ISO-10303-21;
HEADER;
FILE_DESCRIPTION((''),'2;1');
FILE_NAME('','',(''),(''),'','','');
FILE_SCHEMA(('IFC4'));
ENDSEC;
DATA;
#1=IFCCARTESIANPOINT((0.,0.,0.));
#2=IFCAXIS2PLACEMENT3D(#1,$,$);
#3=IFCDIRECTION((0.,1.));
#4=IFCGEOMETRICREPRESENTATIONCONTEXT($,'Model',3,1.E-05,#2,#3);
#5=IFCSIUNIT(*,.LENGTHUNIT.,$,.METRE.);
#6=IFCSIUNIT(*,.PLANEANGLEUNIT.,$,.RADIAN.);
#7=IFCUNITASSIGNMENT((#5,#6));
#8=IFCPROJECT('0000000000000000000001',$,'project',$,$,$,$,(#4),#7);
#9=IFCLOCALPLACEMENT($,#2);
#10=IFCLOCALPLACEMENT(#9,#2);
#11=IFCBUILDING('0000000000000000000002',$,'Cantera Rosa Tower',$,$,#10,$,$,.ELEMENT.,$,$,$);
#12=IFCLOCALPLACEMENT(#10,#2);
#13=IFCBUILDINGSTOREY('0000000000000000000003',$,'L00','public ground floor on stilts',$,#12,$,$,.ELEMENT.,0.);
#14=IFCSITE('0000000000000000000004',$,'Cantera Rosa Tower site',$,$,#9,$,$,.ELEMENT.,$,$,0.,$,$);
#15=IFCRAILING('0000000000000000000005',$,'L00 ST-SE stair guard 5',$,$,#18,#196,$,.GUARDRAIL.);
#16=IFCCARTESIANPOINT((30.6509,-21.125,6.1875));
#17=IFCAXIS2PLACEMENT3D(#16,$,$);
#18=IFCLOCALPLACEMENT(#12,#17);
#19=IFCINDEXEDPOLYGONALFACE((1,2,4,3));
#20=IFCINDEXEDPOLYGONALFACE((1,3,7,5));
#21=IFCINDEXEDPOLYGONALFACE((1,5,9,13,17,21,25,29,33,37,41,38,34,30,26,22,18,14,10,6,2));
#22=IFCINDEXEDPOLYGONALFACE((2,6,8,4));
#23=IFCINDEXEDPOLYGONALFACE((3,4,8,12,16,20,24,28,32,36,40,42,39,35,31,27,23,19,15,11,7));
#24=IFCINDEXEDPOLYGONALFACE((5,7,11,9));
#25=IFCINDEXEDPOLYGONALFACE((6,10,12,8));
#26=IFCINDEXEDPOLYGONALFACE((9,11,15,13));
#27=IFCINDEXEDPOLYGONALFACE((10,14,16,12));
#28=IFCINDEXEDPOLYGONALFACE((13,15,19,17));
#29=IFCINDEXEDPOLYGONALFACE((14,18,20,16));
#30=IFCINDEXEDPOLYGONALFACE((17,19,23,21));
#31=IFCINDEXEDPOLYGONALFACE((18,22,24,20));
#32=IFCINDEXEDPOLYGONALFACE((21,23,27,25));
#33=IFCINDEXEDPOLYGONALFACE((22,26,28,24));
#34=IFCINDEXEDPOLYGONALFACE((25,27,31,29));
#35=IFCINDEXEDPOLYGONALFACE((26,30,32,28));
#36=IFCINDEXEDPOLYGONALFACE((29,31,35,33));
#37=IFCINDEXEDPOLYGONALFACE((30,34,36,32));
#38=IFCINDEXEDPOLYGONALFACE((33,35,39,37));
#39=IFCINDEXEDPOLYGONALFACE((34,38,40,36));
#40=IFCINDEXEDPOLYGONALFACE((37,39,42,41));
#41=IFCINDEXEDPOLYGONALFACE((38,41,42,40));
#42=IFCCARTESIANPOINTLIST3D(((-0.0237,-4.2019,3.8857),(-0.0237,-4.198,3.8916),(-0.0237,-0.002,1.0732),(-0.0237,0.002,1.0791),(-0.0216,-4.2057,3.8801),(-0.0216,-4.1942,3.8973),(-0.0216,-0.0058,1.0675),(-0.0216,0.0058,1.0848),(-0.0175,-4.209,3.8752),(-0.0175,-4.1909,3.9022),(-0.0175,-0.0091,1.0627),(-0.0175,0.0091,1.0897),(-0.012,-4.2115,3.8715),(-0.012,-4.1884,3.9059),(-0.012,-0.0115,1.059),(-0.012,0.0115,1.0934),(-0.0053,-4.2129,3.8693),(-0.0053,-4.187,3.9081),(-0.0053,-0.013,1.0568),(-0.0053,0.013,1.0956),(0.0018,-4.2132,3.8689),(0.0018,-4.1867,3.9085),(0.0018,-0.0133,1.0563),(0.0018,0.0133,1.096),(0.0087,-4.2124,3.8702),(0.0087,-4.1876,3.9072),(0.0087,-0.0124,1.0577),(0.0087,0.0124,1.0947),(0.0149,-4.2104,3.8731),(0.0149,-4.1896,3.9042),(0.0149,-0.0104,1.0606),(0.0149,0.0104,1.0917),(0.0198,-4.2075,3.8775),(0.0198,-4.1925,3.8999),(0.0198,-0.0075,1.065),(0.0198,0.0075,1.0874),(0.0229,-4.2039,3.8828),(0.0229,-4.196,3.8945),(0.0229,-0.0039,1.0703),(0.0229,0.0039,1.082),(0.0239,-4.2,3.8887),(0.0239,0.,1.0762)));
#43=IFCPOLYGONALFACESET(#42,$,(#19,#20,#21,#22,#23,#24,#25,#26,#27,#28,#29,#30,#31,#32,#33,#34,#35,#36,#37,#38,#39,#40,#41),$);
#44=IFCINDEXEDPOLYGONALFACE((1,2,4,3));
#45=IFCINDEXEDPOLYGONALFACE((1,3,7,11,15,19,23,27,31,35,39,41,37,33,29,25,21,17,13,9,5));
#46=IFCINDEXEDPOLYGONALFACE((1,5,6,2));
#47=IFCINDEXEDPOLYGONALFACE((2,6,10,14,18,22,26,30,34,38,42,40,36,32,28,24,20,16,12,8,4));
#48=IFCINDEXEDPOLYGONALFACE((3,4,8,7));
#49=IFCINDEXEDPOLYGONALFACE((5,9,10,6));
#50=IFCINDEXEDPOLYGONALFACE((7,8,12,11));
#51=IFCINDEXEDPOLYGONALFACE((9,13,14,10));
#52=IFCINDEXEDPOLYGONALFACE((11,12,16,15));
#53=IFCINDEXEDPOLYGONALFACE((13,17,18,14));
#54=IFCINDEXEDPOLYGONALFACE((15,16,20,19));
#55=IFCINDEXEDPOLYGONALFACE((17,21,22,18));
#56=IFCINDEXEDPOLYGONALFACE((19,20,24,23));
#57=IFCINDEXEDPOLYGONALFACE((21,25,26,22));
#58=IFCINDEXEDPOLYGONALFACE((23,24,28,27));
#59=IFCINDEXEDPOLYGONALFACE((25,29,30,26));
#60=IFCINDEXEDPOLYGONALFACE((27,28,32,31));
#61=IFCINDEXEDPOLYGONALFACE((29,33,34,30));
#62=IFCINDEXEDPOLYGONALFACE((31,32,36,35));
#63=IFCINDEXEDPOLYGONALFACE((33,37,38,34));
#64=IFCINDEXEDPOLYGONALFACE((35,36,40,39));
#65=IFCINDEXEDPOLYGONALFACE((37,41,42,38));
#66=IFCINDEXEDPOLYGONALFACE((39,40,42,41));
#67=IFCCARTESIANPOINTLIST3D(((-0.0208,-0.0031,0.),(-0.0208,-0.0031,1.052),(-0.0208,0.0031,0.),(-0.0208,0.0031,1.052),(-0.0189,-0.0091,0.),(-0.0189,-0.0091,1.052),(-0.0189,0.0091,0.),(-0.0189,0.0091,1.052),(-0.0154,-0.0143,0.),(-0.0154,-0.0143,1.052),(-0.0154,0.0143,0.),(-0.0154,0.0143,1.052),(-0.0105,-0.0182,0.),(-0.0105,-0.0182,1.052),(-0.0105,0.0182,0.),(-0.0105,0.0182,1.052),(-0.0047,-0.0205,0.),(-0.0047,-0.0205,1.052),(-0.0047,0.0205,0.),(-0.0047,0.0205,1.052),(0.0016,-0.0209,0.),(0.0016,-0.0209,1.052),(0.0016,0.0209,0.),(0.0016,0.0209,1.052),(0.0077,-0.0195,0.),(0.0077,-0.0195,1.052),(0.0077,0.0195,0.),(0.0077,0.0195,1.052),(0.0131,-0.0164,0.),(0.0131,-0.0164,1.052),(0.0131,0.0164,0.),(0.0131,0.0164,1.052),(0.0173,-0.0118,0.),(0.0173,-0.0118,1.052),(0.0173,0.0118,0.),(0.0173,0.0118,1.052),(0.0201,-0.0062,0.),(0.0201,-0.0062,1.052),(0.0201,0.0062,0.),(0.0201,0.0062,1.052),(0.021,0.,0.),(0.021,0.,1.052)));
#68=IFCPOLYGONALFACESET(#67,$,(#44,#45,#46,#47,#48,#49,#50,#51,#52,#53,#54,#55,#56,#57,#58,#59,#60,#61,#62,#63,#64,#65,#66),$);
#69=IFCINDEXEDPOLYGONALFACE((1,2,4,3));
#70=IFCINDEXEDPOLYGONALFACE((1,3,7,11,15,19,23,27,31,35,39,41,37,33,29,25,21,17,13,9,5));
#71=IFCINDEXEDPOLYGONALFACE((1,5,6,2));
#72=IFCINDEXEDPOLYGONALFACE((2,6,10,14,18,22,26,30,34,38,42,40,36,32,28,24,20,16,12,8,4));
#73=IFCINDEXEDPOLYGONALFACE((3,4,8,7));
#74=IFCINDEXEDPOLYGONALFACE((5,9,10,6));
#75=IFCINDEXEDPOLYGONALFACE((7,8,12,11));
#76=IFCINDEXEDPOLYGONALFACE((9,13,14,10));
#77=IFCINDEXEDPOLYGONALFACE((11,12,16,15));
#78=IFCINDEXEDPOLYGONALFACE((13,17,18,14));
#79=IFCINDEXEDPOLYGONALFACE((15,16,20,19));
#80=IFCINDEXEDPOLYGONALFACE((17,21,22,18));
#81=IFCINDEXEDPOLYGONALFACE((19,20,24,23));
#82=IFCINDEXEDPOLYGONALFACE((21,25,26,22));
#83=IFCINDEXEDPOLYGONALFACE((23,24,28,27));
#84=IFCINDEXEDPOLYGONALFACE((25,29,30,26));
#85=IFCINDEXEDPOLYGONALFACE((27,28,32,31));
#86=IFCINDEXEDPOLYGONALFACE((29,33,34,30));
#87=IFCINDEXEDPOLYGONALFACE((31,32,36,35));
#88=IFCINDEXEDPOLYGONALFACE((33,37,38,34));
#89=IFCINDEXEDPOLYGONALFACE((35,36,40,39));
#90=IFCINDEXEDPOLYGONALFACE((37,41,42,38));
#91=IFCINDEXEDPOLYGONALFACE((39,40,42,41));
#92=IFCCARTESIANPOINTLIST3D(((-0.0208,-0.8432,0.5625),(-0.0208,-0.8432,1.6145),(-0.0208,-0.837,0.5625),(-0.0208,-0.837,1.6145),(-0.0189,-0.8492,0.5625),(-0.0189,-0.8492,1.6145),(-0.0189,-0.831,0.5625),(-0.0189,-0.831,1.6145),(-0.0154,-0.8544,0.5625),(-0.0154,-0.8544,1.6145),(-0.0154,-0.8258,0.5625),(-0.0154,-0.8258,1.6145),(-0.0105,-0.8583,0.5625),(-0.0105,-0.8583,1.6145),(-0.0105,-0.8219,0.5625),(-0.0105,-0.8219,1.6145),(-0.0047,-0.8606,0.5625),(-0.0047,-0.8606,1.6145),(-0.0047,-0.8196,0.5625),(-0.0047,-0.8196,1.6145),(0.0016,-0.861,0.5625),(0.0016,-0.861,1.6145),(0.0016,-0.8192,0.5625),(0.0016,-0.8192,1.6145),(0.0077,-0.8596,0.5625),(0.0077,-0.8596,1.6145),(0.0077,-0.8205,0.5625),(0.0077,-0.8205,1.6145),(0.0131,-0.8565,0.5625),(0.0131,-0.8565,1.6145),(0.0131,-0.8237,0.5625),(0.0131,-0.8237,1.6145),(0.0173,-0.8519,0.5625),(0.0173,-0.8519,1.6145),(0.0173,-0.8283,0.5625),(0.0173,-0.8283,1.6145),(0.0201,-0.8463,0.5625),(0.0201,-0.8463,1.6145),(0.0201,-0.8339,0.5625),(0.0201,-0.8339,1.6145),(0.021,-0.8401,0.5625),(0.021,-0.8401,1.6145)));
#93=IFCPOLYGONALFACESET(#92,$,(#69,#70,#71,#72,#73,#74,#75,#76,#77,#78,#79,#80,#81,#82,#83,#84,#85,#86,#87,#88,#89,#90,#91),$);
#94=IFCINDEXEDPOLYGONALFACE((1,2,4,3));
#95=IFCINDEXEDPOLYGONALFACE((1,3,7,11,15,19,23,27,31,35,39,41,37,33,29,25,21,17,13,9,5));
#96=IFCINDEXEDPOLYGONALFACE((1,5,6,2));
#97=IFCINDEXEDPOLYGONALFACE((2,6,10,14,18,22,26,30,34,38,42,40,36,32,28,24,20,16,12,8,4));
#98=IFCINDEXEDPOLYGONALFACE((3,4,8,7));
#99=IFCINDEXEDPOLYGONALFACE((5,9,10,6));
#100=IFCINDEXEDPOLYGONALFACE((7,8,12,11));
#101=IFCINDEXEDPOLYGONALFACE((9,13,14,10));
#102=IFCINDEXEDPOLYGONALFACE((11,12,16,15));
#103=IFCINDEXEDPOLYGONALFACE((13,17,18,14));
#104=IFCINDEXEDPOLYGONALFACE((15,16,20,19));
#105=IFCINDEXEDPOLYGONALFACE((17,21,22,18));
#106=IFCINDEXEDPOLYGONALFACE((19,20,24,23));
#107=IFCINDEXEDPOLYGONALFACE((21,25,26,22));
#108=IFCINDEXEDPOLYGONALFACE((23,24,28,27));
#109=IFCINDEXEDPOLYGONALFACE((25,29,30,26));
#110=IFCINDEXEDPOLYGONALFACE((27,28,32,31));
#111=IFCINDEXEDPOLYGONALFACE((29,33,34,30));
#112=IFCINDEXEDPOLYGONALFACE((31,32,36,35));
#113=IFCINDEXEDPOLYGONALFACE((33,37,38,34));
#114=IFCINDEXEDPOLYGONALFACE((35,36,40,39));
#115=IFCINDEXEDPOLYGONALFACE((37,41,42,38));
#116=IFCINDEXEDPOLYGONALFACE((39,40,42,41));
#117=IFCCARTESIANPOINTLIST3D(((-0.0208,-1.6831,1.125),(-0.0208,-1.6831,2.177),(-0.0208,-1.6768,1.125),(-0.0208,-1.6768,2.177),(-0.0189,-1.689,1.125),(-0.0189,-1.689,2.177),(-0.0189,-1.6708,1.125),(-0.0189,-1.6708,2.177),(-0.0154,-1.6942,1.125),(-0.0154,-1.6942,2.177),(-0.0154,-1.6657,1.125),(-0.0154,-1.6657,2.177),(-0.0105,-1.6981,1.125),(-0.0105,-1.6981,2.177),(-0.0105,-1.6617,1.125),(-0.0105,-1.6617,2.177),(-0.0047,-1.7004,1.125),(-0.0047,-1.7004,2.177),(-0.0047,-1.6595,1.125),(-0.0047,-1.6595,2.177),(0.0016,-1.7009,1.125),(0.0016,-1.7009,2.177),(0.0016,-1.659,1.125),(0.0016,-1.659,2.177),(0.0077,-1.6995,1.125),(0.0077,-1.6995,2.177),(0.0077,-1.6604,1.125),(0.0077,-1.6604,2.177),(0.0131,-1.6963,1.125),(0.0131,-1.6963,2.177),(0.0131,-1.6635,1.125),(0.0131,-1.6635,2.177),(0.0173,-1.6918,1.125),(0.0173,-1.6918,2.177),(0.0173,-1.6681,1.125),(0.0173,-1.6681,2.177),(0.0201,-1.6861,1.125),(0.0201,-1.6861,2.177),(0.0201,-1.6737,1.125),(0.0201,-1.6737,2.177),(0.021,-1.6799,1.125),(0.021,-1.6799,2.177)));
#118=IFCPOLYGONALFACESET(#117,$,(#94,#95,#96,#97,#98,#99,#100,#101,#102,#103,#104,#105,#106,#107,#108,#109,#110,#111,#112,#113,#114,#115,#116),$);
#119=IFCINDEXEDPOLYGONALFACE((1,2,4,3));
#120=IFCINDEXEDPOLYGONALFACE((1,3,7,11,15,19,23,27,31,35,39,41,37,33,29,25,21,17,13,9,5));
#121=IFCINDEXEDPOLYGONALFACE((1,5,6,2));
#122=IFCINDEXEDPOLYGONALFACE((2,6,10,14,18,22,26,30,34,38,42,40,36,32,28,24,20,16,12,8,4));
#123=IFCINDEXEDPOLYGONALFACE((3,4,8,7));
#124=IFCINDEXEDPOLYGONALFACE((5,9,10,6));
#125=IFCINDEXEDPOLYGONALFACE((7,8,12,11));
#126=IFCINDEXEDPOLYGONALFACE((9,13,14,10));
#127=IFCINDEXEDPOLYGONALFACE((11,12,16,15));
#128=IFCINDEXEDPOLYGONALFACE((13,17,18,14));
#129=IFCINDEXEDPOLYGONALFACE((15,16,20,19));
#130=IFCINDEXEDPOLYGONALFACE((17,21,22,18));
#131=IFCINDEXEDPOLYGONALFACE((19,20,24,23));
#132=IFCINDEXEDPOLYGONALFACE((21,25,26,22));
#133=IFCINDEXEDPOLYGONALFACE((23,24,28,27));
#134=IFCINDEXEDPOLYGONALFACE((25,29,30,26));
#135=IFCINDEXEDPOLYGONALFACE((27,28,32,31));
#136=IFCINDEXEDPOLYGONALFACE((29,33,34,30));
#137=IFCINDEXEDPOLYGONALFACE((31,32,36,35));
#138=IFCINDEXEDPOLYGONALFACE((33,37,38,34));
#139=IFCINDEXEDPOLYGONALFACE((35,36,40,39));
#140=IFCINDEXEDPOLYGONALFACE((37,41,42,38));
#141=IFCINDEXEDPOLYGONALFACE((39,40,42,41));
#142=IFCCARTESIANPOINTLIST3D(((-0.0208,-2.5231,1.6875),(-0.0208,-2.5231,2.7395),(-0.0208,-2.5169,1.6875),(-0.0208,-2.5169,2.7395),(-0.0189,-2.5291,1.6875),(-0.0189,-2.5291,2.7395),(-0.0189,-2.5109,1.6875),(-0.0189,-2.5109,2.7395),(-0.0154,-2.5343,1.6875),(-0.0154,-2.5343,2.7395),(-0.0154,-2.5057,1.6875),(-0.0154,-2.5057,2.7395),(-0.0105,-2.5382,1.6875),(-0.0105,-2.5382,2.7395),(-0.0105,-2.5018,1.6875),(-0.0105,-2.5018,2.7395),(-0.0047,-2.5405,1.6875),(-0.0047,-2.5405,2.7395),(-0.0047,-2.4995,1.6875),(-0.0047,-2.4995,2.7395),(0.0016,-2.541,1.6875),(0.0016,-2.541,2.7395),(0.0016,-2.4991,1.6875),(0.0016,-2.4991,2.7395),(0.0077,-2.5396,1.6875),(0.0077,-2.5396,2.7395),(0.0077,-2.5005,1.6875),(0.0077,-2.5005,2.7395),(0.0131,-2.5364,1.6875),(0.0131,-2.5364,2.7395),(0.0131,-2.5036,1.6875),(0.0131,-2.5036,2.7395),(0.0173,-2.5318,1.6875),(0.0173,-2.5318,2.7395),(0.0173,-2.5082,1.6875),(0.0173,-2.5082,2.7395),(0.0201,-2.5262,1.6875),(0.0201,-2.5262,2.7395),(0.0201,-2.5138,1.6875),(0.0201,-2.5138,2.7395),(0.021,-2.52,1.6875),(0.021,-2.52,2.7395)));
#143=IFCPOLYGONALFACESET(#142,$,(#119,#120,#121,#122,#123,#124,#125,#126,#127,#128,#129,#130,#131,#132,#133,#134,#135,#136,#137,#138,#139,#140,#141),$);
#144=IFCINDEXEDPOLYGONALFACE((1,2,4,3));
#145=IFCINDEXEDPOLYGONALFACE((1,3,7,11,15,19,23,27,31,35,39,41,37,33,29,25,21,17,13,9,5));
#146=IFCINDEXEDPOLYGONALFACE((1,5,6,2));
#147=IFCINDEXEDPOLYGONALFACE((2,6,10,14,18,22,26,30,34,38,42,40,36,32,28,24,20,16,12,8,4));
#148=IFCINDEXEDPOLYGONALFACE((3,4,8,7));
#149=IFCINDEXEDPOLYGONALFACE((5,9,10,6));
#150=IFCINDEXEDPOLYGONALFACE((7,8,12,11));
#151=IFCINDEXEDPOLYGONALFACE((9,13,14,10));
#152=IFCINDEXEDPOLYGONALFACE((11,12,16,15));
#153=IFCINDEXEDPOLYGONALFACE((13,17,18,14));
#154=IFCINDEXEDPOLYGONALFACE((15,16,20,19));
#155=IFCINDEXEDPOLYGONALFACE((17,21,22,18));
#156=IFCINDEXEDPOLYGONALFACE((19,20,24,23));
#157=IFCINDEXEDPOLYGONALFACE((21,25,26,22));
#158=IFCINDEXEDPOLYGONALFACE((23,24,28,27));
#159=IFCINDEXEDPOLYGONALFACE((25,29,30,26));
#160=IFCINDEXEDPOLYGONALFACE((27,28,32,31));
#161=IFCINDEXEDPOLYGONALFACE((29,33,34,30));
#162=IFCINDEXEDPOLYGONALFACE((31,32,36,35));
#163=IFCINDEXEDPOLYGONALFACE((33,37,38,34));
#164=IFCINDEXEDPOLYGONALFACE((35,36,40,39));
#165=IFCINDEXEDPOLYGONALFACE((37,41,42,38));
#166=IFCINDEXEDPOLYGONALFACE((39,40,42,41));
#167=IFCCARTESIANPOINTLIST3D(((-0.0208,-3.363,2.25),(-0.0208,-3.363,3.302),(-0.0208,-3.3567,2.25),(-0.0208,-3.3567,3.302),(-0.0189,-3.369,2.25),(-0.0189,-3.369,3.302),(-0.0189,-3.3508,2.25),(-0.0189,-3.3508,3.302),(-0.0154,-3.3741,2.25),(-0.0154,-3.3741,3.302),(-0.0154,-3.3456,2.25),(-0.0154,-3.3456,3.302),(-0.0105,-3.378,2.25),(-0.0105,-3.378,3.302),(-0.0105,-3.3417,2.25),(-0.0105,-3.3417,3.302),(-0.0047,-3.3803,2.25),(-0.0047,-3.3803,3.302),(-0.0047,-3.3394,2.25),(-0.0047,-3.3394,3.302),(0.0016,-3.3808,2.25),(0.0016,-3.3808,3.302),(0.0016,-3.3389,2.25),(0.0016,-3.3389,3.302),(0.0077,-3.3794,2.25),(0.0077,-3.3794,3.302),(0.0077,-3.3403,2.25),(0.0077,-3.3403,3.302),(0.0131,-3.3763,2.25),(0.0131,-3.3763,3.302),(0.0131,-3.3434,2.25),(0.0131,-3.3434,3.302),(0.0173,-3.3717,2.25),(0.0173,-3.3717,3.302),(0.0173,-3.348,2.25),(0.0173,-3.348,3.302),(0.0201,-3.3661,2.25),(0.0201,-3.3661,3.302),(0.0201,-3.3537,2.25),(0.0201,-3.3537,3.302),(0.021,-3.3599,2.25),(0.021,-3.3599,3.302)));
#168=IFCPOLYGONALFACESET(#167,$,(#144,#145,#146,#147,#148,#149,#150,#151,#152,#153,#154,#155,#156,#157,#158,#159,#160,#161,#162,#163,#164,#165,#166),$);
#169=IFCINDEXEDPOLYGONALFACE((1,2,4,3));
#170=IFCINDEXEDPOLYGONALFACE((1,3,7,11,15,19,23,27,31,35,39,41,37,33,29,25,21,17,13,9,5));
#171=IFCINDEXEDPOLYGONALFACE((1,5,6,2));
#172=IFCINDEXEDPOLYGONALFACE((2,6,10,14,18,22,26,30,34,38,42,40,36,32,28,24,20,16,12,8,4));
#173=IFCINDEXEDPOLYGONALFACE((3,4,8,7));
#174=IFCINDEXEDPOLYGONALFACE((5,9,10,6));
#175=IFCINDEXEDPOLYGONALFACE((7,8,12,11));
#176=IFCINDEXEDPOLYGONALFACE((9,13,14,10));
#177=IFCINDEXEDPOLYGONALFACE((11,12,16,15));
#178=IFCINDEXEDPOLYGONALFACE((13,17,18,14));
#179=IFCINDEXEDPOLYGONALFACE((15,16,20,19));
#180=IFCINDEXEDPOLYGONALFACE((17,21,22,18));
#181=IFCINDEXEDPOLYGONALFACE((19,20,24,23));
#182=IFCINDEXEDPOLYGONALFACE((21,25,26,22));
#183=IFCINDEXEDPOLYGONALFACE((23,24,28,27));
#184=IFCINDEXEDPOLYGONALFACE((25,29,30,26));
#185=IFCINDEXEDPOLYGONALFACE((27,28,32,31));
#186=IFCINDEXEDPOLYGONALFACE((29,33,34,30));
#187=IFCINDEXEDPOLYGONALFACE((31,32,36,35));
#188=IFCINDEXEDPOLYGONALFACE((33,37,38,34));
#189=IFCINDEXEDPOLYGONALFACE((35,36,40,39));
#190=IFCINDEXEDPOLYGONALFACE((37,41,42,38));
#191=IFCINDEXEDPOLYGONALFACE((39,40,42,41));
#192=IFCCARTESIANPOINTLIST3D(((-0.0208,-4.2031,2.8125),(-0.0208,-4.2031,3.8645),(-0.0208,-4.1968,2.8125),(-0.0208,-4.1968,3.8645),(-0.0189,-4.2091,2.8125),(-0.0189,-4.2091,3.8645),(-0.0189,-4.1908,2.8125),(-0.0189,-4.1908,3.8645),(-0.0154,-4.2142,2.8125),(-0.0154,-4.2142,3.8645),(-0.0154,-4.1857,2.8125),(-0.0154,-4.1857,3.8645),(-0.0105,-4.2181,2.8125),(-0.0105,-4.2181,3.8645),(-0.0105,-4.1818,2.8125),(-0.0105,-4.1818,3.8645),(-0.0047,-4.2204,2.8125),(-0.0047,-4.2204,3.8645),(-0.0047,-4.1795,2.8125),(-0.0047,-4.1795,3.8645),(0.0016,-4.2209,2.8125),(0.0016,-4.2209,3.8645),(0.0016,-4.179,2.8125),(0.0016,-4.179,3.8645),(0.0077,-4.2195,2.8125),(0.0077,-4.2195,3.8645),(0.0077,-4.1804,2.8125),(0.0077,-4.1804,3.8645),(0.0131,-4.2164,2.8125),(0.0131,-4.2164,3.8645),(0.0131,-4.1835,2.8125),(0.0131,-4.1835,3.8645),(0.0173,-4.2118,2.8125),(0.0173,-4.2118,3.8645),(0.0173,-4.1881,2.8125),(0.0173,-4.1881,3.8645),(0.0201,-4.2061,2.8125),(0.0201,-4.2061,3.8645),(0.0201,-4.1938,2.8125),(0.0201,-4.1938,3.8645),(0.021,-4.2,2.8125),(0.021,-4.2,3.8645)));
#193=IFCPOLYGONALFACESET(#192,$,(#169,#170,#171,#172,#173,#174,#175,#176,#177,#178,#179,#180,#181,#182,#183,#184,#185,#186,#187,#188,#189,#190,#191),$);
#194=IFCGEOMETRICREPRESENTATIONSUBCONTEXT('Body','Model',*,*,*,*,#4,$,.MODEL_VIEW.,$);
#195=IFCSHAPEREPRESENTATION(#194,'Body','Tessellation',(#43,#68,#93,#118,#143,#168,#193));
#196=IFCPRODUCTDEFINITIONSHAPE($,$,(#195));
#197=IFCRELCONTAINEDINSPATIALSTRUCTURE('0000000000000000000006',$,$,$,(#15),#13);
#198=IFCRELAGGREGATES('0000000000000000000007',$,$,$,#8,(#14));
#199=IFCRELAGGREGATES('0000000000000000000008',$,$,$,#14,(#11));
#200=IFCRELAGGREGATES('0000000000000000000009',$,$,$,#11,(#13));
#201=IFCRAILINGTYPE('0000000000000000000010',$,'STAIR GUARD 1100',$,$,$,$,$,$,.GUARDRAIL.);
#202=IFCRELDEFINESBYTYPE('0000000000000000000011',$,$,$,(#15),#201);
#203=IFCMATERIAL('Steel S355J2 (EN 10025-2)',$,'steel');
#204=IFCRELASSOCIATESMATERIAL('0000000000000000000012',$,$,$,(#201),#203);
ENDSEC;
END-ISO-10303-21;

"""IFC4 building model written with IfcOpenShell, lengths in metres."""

from ifc_helpers import new_model, si_unit, direction, frame, origin, origin_2d, place, context, subcontext, project, spatial, circle, extrude, material, type_object, element, save


model = new_model("IFC4")

# Units and contexts
model_context = context("Model", 3, precision=1e-05, world=origin(), true_north=direction((0.0, 1.0)))
body_context = subcontext(model_context, "Body", "Model", "MODEL_VIEW")
ifc_project = project(units=[si_unit("LENGTHUNIT", "METRE"), si_unit("PLANEANGLEUNIT", "RADIAN")], contexts=[model_context])

# Site, building, storey
site_placement = place(None, origin())
site = spatial("IfcSite", under=ifc_project, at=site_placement, Name="Cantera Rosa Tower site", CompositionType="ELEMENT", RefElevation=0.0)
building_placement = place(site_placement, origin())
building = spatial("IfcBuilding", under=site, at=building_placement, Name="Cantera Rosa Tower", CompositionType="ELEMENT")
storey_placement = place(building_placement, origin())
storey = spatial("IfcBuildingStorey", under=building, at=storey_placement, Name="L00", Description="public ground floor on stilts", CompositionType="ELEMENT", Elevation=0.0)

# Railing
ifc_material_1 = material(Name="Steel S355J2 (EN 10025-2)", Category="steel")
railing_type_1 = type_object("IfcRailingType", Name="STAIR GUARD 1100", PredefinedType="GUARDRAIL", material=ifc_material_1)
railing_1_placement = place(storey_placement, frame((30.6509, -21.125, 6.1875)))
element("IfcRailing", 1, at=railing_1_placement, inside=storey, type_object=railing_type_1, Name="L00 ST-SE stair guard 5", PredefinedType="GUARDRAIL", context=body_context, shape_type="SweptSolid", body=[
    extrude(circle(Radius=0.0239, at=origin_2d()), frame((0.0, 0.0, 1.0762), z_axis=(0.0, -0.830904, 0.556416), x_axis=(1.0, 0.0, 0.0)), (0.0, 0.0, 1.0), 5.0547),
    extrude(circle(Radius=0.021, at=origin_2d()), origin(), (0.0, 0.0, 1.0), 1.052),
    extrude(circle(Radius=0.021, at=origin_2d()), frame((0.0, -0.8401, 0.5625)), (0.0, 0.0, 1.0), 1.052),
    extrude(circle(Radius=0.021, at=origin_2d()), frame((0.0, -1.6799, 1.125)), (0.0, 0.0, 1.0), 1.052),
    extrude(circle(Radius=0.021, at=origin_2d()), frame((0.0, -2.52, 1.6875)), (0.0, 0.0, 1.0), 1.052),
    extrude(circle(Radius=0.021, at=origin_2d()), frame((0.0, -3.3599, 2.25)), (0.0, 0.0, 1.0), 1.052),
    extrude(circle(Radius=0.021, at=origin_2d()), frame((0.0, -4.2, 2.8125)), (0.0, 0.0, 1.0), 1.052),
])

save(model, "model.ifc")
